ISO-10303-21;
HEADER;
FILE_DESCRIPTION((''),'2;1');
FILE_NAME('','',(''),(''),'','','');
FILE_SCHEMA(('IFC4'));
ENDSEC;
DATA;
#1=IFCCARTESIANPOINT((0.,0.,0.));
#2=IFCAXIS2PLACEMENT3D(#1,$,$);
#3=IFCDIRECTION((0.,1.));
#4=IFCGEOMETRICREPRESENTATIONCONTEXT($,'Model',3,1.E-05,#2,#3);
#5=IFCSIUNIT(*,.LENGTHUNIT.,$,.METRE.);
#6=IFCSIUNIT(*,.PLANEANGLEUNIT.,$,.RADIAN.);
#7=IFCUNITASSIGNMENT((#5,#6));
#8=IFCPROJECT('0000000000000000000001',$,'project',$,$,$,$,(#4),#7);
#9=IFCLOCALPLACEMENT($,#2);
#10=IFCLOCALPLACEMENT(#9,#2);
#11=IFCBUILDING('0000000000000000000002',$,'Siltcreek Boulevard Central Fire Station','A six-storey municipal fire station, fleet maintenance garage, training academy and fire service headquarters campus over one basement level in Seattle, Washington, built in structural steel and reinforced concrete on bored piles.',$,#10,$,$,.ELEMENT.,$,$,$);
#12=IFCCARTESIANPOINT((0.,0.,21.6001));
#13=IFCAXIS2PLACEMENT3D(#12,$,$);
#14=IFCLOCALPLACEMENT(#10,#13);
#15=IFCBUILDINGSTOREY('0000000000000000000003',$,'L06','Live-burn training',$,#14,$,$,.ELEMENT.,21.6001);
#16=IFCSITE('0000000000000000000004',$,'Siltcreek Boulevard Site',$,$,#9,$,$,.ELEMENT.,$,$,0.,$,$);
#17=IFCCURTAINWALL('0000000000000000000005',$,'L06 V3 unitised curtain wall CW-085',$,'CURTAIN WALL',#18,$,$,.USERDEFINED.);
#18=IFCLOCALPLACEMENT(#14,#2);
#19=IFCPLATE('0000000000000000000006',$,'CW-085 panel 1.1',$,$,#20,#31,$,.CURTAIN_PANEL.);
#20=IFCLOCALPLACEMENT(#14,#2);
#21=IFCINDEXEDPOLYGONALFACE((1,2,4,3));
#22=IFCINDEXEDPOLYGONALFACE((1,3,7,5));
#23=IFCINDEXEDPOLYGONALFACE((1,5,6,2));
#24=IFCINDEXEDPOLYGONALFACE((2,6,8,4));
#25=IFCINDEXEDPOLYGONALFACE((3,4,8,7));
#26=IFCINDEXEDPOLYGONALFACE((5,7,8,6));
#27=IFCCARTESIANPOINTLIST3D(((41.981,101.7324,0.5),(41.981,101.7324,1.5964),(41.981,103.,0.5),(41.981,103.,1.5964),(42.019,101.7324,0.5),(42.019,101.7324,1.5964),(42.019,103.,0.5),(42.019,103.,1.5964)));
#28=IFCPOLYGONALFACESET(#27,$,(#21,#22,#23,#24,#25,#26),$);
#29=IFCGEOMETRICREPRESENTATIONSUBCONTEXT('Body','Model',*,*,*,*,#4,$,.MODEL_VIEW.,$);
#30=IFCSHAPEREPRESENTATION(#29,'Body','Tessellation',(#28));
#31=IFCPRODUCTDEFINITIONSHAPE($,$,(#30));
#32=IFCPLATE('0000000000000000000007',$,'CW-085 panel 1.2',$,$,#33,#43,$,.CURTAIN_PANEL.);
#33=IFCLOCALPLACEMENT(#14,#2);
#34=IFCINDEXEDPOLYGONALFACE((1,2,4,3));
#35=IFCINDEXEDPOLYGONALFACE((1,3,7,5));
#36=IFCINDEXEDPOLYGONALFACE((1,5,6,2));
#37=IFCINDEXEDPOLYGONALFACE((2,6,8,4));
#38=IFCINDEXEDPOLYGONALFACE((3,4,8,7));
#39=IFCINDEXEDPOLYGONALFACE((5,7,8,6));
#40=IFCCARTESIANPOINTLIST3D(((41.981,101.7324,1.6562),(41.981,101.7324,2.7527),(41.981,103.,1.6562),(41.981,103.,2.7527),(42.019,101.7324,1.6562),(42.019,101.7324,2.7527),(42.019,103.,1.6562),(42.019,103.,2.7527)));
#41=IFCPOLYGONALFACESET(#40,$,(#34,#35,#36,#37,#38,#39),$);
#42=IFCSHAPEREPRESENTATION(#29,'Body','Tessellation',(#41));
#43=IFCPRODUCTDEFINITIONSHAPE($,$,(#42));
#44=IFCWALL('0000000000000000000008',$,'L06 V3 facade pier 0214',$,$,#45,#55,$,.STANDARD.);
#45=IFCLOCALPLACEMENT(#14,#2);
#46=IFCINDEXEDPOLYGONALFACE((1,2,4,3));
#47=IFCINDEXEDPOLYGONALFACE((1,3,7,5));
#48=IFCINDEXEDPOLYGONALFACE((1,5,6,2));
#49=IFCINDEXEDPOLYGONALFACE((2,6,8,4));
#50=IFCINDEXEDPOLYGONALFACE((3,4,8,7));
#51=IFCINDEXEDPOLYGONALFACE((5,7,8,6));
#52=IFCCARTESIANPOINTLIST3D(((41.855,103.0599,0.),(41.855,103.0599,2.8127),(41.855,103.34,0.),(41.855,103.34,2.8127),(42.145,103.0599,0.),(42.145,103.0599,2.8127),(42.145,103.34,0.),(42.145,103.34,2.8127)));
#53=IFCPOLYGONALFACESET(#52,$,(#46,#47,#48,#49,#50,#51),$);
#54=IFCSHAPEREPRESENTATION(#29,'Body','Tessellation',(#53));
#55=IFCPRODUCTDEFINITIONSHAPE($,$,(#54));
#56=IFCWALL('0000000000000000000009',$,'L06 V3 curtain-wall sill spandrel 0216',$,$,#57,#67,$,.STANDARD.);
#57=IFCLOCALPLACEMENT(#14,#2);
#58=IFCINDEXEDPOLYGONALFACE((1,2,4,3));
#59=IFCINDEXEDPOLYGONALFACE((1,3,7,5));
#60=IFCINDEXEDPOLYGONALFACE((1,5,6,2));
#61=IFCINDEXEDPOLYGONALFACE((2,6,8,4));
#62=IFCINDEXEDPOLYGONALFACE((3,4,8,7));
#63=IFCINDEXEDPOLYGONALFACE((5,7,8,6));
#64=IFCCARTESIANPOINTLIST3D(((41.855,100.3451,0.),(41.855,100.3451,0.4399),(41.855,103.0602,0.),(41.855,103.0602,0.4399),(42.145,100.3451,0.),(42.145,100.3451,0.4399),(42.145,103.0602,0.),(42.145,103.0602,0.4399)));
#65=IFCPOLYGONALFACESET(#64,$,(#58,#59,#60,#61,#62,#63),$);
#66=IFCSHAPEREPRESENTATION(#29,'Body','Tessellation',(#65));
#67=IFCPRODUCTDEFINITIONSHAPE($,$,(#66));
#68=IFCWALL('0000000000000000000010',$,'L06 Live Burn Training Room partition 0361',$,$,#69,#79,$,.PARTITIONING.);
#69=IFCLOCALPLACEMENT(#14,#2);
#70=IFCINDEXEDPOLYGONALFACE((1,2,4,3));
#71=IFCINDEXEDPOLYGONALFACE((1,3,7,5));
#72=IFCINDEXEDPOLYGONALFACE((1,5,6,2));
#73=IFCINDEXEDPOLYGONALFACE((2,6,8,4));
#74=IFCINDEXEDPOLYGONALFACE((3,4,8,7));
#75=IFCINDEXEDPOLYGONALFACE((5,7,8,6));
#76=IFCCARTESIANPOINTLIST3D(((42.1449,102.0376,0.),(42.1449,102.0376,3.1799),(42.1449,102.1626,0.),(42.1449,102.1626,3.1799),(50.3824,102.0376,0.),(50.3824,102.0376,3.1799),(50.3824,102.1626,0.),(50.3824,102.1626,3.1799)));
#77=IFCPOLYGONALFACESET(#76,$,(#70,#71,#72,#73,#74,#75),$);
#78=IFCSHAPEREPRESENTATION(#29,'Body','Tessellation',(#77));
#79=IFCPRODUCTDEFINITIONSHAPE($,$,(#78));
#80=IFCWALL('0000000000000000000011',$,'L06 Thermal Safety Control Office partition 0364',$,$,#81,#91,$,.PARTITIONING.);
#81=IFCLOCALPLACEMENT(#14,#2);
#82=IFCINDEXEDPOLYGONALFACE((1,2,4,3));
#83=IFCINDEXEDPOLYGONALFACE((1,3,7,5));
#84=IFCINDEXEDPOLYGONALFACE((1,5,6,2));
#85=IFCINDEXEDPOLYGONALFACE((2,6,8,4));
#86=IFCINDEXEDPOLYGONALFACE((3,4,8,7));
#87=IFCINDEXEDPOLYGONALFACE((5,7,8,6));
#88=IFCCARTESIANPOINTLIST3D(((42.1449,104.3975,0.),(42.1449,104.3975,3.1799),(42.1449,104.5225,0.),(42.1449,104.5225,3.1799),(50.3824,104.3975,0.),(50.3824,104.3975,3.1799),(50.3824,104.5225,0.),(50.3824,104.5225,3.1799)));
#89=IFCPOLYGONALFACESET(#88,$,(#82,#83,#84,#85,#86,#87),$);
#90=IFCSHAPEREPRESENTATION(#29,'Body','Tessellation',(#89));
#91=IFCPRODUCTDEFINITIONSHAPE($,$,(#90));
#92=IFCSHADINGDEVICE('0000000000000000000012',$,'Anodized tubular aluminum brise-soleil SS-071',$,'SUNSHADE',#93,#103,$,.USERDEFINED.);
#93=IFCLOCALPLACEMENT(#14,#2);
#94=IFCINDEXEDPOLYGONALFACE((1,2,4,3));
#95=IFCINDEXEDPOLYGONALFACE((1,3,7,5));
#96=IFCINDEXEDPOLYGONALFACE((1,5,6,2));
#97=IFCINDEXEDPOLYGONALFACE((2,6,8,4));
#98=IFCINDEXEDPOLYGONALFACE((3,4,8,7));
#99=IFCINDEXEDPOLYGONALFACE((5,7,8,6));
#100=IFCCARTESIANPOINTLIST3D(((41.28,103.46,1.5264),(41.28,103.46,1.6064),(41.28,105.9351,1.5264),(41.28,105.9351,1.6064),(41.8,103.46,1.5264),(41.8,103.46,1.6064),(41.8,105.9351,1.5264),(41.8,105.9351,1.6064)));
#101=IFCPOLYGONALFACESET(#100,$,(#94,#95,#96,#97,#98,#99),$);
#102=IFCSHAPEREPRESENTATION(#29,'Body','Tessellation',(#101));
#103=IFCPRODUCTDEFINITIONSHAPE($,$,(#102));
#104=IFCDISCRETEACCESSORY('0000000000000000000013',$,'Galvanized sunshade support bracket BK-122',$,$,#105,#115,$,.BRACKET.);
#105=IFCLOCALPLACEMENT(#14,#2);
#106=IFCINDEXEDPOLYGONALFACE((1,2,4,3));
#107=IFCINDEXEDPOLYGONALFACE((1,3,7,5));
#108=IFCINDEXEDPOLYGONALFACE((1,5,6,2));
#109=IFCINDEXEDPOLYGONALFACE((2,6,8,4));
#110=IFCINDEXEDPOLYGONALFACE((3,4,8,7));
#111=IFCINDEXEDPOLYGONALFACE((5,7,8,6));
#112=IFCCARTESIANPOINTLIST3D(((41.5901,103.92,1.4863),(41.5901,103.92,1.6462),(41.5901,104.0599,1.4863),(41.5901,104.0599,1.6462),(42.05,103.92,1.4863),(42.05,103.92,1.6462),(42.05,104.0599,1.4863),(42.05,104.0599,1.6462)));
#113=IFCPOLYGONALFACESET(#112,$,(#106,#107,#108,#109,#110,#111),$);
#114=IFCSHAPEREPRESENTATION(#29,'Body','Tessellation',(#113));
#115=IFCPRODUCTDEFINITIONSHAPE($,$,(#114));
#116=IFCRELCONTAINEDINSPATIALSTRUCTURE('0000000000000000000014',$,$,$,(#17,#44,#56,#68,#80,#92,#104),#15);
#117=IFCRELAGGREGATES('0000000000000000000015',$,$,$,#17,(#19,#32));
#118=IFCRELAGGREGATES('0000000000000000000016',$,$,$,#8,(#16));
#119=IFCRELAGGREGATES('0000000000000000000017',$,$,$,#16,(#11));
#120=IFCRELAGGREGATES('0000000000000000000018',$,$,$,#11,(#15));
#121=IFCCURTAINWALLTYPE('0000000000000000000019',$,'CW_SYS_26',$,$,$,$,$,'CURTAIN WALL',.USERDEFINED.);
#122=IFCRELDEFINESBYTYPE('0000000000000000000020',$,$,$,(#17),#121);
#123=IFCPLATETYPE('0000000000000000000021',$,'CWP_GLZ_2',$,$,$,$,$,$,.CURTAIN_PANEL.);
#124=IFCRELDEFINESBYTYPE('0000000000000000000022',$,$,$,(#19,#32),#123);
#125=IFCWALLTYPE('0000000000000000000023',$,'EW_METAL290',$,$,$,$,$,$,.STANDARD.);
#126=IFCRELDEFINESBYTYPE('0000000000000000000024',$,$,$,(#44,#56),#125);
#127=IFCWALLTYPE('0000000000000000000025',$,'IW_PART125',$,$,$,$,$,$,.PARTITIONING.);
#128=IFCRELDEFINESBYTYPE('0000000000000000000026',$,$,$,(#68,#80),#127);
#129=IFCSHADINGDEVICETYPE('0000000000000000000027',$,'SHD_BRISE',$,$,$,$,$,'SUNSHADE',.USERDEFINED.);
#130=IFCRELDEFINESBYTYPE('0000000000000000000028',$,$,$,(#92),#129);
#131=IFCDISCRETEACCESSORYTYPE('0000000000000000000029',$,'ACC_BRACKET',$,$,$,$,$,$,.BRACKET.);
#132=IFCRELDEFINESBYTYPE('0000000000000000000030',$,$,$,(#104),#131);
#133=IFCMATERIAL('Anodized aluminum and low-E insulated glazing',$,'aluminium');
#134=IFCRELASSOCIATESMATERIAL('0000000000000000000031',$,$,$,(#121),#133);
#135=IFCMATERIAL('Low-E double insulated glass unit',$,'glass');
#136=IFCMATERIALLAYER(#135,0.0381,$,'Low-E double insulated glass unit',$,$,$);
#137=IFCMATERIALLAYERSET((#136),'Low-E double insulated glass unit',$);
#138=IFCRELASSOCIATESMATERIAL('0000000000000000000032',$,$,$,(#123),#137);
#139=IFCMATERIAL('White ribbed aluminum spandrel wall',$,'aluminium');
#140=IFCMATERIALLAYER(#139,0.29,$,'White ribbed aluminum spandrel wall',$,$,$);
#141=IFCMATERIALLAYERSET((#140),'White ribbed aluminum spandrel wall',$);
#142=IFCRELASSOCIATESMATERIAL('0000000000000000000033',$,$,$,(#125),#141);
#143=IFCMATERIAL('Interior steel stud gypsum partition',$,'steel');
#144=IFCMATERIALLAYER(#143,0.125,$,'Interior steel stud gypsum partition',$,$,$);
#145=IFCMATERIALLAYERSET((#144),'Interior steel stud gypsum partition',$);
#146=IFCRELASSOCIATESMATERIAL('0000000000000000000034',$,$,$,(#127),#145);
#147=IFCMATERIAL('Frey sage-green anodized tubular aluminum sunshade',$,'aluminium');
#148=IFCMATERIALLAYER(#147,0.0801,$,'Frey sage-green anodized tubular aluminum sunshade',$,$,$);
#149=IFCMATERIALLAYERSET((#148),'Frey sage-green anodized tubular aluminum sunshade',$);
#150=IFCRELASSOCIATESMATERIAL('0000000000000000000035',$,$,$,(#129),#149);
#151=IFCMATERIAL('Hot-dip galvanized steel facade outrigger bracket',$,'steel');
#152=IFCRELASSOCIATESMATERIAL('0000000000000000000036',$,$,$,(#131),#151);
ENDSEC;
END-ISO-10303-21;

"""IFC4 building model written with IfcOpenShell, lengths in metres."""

from ifc_helpers import new_model, si_unit, direction, frame, frame_2d, origin, origin_2d, place, context, subcontext, project, spatial, rectangle, extrude, material, layer, layer_set, type_object, element, aggregate, save


model = new_model("IFC4")

# Units and contexts
model_context = context("Model", 3, precision=1e-05, world=origin(), true_north=direction((0.0, 1.0)))
body_context = subcontext(model_context, "Body", "Model", "MODEL_VIEW")
ifc_project = project(units=[si_unit("LENGTHUNIT", "METRE"), si_unit("PLANEANGLEUNIT", "RADIAN")], contexts=[model_context])

# Site, building, storey
site_placement = place(None, origin())
site = spatial("IfcSite", under=ifc_project, at=site_placement, Name="Siltcreek Boulevard Site", CompositionType="ELEMENT", RefElevation=0.0)
building_placement = place(site_placement, origin())
building = spatial("IfcBuilding", under=site, at=building_placement, Name="Siltcreek Boulevard Central Fire Station", Description="A six-storey municipal fire station, fleet maintenance garage, training academy and fire service headquarters campus over one basement level in Seattle, Washington, built in structural steel and reinforced concrete on bored piles.", CompositionType="ELEMENT")
storey_placement = place(building_placement, frame((0.0, 0.0, 21.6001)))
storey = spatial("IfcBuildingStorey", under=building, at=storey_placement, Name="L06", Description="Live-burn training", CompositionType="ELEMENT", Elevation=21.6001)

# Curtain wall
ifc_material_1 = material(Name="Anodized aluminum and low-E insulated glazing", Category="aluminium")
curtain_wall_type_1 = type_object("IfcCurtainWallType", Name="CW_SYS_26", ElementType="CURTAIN WALL", PredefinedType="USERDEFINED", material=ifc_material_1)
curtain_wall_1_placement = place(storey_placement, origin())
curtain_wall_1 = element("IfcCurtainWall", 1, at=curtain_wall_1_placement, inside=storey, type_object=curtain_wall_type_1, Name="L06 V3 unitised curtain wall CW-085", ObjectType="CURTAIN WALL", PredefinedType="USERDEFINED")

# Plates
ifc_material_2 = material(Name="Low-E double insulated glass unit", Category="glass")
ifc_layer_1 = layer(ifc_material_2, 0.0381, Name="Low-E double insulated glass unit")
ifc_layer_set_1 = layer_set([ifc_layer_1], Name="Low-E double insulated glass unit")
plate_type_1 = type_object("IfcPlateType", Name="CWP_GLZ_2", PredefinedType="CURTAIN_PANEL", material=ifc_layer_set_1)
plate_1_placement = place(storey_placement, frame((42.0, 102.3662, 0.5), z_axis=(0.0, 0.0, 1.0), x_axis=(0.0, -1.0, 0.0)))
plate_1 = element("IfcPlate", 2, at=plate_1_placement, type_object=plate_type_1, Name="CW-085 panel 1.1", PredefinedType="CURTAIN_PANEL", context=body_context, shape_type="SweptSolid", body=[
    extrude(rectangle(XDim=1.2676, YDim=0.0381, at=origin_2d()), origin(), (0.0, 0.0, 1.0), 1.0964),
])
plate_2_placement = place(storey_placement, frame((42.0, 102.3662, 1.6562), z_axis=(0.0, 0.0, 1.0), x_axis=(0.0, -1.0, 0.0)))
plate_2 = element("IfcPlate", 3, at=plate_2_placement, type_object=plate_type_1, Name="CW-085 panel 1.2", PredefinedType="CURTAIN_PANEL", context=body_context, shape_type="SweptSolid", body=[
    extrude(rectangle(XDim=1.2676, YDim=0.0381, at=origin_2d()), origin(), (0.0, 0.0, 1.0), 1.0964),
])
aggregate(curtain_wall_1, [plate_1, plate_2])

# Walls
ifc_material_3 = material(Name="White ribbed aluminum spandrel wall", Category="aluminium")
ifc_layer_2 = layer(ifc_material_3, 0.29, Name="White ribbed aluminum spandrel wall")
ifc_layer_set_2 = layer_set([ifc_layer_2], Name="White ribbed aluminum spandrel wall")
wall_type_1 = type_object("IfcWallType", Name="EW_METAL290", PredefinedType="STANDARD", material=ifc_layer_set_2)
wall_1_placement = place(storey_placement, frame((42.0, 103.3401, 0.0), z_axis=(0.0, 0.0, 1.0), x_axis=(0.0, -1.0, 0.0)))
element("IfcWall", 4, at=wall_1_placement, inside=storey, type_object=wall_type_1, Name="L06 V3 facade pier 0214", PredefinedType="STANDARD", context=body_context, shape_type="SweptSolid", body=[
    extrude(rectangle(XDim=0.28, YDim=0.29, at=frame_2d((0.1401, 0.0))), origin(), (0.0, 0.0, 1.0), 2.8127),
])
wall_2_placement = place(storey_placement, frame((42.0, 103.0601, 0.0), z_axis=(0.0, 0.0, 1.0), x_axis=(0.0, -1.0, 0.0)))
element("IfcWall", 5, at=wall_2_placement, inside=storey, type_object=wall_type_1, Name="L06 V3 curtain-wall sill spandrel 0216", PredefinedType="STANDARD", context=body_context, shape_type="SweptSolid", body=[
    extrude(rectangle(XDim=2.7151, YDim=0.29, at=frame_2d((1.3574, 0.0))), origin(), (0.0, 0.0, 1.0), 0.4399),
])
ifc_material_4 = material(Name="Interior steel stud gypsum partition", Category="steel")
ifc_layer_3 = layer(ifc_material_4, 0.125, Name="Interior steel stud gypsum partition")
ifc_layer_set_3 = layer_set([ifc_layer_3], Name="Interior steel stud gypsum partition")
wall_type_2 = type_object("IfcWallType", Name="IW_PART125", PredefinedType="PARTITIONING", material=ifc_layer_set_3)
for number, where, z_axis, x_axis, name in (
    (6, (42.145, 102.1001, 0.0), (0.0, 0.0, 1.0), (1.0, 0.0, 0.0), "L06 Live Burn Training Room partition 0361"),
    (7, (42.145, 104.46, 0.0), (0.0, 0.0, 1.0), (1.0, 0.0, 0.0), "L06 Thermal Safety Control Office partition 0364"),
):
    element("IfcWall", number, at=place(storey_placement, frame(where, z_axis=z_axis, x_axis=x_axis)), inside=storey, type_object=wall_type_2, Name=name, PredefinedType="PARTITIONING", context=body_context, shape_type="SweptSolid", body=[
        extrude(rectangle(XDim=8.2375, YDim=0.125, at=frame_2d((4.1187, 0.0))), origin(), (0.0, 0.0, 1.0), 3.1799),
    ])

# Shading device
ifc_material_5 = material(Name="Frey sage-green anodized tubular aluminum sunshade", Category="aluminium")
ifc_layer_4 = layer(ifc_material_5, 0.0801, Name="Frey sage-green anodized tubular aluminum sunshade")
ifc_layer_set_4 = layer_set([ifc_layer_4], Name="Frey sage-green anodized tubular aluminum sunshade")
shading_device_type = type_object("IfcShadingDeviceType", Name="SHD_BRISE", ElementType="SUNSHADE", PredefinedType="USERDEFINED", material=ifc_layer_set_4)
shading_device_placement = place(storey_placement, frame((41.54, 104.6975, 1.5264), z_axis=(0.0, 0.0, 1.0), x_axis=(0.0, -1.0, 0.0)))
element("IfcShadingDevice", 8, at=shading_device_placement, inside=storey, type_object=shading_device_type, Name="Anodized tubular aluminum brise-soleil SS-071", ObjectType="SUNSHADE", PredefinedType="USERDEFINED", context=body_context, shape_type="SweptSolid", body=[
    extrude(rectangle(XDim=2.4751, YDim=0.52, at=origin_2d()), origin(), (0.0, 0.0, 1.0), 0.0801),
])

# Discrete accessory
ifc_material_6 = material(Name="Hot-dip galvanized steel facade outrigger bracket", Category="steel")
discrete_accessory_type = type_object("IfcDiscreteAccessoryType", Name="ACC_BRACKET", PredefinedType="BRACKET", material=ifc_material_6)
discrete_accessory_placement = place(storey_placement, frame((41.8201, 103.99, 1.4863), z_axis=(0.0, 0.0, 1.0), x_axis=(0.0, -1.0, 0.0)))
element("IfcDiscreteAccessory", 9, at=discrete_accessory_placement, inside=storey, type_object=discrete_accessory_type, Name="Galvanized sunshade support bracket BK-122", PredefinedType="BRACKET", context=body_context, shape_type="SweptSolid", body=[
    extrude(rectangle(XDim=0.1399, YDim=0.46, at=origin_2d()), origin(), (0.0, 0.0, 1.0), 0.1599),
])

save(model, "model.ifc")
